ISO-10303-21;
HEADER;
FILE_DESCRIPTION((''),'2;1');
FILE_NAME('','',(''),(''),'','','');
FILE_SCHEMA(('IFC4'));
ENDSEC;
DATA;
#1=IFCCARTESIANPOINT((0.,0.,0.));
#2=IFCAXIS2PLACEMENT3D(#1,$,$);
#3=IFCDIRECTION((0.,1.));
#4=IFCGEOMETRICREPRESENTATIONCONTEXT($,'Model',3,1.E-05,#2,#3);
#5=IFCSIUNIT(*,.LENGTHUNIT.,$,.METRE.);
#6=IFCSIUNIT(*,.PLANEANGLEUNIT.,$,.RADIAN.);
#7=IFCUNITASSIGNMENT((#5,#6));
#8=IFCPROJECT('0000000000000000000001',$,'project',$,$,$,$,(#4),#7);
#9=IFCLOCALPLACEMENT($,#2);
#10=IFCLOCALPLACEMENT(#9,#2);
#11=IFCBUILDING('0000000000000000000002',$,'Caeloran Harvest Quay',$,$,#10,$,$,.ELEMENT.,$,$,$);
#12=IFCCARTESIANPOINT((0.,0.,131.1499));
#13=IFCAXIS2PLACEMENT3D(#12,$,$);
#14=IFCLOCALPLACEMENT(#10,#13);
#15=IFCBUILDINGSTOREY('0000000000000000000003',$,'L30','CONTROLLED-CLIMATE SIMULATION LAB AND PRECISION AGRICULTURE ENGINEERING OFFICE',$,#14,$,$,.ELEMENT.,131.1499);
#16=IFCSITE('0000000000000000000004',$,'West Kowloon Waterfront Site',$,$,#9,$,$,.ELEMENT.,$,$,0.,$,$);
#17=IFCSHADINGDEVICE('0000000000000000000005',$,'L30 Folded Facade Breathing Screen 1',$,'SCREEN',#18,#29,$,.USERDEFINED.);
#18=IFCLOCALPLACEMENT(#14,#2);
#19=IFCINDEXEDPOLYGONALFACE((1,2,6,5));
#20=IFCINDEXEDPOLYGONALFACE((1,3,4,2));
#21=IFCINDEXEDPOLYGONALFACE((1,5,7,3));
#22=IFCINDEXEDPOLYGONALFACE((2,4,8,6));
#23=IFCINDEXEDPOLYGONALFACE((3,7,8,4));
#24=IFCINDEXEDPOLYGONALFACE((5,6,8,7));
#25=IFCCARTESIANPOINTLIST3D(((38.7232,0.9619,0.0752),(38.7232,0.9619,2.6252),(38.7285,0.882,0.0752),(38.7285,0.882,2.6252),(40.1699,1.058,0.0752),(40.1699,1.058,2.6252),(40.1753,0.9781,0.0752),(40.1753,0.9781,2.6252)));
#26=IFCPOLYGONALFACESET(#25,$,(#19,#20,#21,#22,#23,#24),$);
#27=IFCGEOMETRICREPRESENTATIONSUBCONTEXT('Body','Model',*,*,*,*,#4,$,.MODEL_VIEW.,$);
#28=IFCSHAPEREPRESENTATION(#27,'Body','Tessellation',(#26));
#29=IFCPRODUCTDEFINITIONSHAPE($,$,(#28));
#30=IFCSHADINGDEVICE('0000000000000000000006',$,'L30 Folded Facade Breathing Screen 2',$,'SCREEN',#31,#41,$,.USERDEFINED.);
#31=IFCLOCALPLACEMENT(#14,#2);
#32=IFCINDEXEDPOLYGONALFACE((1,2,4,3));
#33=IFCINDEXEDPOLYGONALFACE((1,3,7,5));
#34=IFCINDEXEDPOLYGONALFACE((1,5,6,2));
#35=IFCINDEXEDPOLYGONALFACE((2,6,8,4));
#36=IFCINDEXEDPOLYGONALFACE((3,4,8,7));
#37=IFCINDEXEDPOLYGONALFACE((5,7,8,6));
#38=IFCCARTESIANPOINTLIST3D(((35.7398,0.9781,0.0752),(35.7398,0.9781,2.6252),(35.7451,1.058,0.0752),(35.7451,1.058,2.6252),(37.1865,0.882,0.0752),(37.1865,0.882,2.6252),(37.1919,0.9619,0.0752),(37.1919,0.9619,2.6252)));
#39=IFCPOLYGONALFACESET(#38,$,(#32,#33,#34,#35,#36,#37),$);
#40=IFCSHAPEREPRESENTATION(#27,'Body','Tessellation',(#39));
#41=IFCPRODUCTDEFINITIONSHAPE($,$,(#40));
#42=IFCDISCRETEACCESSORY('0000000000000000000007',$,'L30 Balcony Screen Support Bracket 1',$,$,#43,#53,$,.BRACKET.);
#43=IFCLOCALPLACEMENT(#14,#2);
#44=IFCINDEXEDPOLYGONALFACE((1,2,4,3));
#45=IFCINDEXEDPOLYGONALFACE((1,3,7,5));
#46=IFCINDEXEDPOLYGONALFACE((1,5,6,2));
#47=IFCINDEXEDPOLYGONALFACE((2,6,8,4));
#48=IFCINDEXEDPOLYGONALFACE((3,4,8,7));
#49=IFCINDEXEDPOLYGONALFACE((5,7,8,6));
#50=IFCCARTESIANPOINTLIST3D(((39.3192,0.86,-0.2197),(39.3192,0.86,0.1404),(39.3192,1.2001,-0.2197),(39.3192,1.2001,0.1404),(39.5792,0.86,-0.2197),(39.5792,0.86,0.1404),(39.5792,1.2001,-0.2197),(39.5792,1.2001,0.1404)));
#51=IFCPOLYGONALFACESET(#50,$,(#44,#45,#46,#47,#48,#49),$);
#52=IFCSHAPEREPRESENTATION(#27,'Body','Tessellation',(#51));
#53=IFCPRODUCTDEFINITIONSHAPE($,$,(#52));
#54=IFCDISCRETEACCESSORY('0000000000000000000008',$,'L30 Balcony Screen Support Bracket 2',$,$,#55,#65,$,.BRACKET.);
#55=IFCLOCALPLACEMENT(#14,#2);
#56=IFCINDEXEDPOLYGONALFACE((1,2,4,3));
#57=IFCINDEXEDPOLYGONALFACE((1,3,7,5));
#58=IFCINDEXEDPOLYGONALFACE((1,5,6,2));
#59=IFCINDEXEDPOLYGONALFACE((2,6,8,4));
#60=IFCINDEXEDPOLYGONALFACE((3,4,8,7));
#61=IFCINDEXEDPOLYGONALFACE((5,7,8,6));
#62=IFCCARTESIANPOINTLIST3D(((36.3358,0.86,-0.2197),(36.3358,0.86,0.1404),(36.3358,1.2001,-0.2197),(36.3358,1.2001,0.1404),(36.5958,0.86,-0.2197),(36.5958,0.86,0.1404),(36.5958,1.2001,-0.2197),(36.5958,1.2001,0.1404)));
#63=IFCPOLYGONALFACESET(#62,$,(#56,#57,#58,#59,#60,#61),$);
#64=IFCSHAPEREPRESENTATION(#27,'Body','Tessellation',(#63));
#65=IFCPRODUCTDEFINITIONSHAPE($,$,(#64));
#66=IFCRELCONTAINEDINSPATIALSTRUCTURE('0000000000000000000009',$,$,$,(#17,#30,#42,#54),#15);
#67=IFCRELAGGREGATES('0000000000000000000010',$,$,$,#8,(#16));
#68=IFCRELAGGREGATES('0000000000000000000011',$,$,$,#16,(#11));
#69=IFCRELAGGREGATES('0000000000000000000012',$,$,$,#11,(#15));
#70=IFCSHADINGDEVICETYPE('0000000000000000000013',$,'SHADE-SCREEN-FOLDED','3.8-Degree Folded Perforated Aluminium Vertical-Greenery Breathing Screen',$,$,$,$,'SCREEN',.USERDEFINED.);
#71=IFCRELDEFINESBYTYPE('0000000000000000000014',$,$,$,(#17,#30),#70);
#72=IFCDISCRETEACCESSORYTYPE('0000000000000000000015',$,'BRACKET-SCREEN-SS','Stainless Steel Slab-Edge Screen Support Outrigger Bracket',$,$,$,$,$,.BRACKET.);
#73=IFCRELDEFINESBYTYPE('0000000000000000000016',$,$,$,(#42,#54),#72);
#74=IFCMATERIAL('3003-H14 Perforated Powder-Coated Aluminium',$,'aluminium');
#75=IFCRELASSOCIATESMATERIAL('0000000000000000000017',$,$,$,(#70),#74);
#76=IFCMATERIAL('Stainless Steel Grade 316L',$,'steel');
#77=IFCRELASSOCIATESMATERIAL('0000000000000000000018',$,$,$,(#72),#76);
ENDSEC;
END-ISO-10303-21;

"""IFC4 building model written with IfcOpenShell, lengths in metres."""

from ifc_helpers import new_model, si_unit, direction, frame, origin, origin_2d, place, context, subcontext, project, spatial, rectangle, extrude, material, type_object, element, save


model = new_model("IFC4")

# Units and contexts
model_context = context("Model", 3, precision=1e-05, world=origin(), true_north=direction((0.0, 1.0)))
body_context = subcontext(model_context, "Body", "Model", "MODEL_VIEW")
ifc_project = project(units=[si_unit("LENGTHUNIT", "METRE"), si_unit("PLANEANGLEUNIT", "RADIAN")], contexts=[model_context])

# Site, building, storey
site_placement = place(None, origin())
site = spatial("IfcSite", under=ifc_project, at=site_placement, Name="West Kowloon Waterfront Site", CompositionType="ELEMENT", RefElevation=0.0)
building_placement = place(site_placement, origin())
building = spatial("IfcBuilding", under=site, at=building_placement, Name="Caeloran Harvest Quay", CompositionType="ELEMENT")
storey_placement = place(building_placement, frame((0.0, 0.0, 131.1499)))
storey = spatial("IfcBuildingStorey", under=building, at=storey_placement, Name="L30", Description="CONTROLLED-CLIMATE SIMULATION LAB AND PRECISION AGRICULTURE ENGINEERING OFFICE", CompositionType="ELEMENT", Elevation=131.1499)

# Shading devices
ifc_material_1 = material(Name="3003-H14 Perforated Powder-Coated Aluminium", Category="aluminium")
shading_device_type = type_object("IfcShadingDeviceType", Name="SHADE-SCREEN-FOLDED", Description="3.8-Degree Folded Perforated Aluminium Vertical-Greenery Breathing Screen", ElementType="SCREEN", PredefinedType="USERDEFINED", material=ifc_material_1)
for number, where, z_axis, x_axis, name in (
    (1, (39.4492, 0.97, 0.0752), (0.0, 0.0, 1.0), (0.997801, 0.066274, 0.0), "L30 Folded Facade Breathing Screen 1"),
    (2, (36.4658, 0.97, 0.0752), (0.0, 0.0, 1.0), (0.997801, -0.066274, 0.0), "L30 Folded Facade Breathing Screen 2"),
):
    element("IfcShadingDevice", number, at=place(storey_placement, frame(where, z_axis=z_axis, x_axis=x_axis)), inside=storey, type_object=shading_device_type, Name=name, ObjectType="SCREEN", PredefinedType="USERDEFINED", context=body_context, shape_type="SweptSolid", body=[
        extrude(rectangle(XDim=1.45, YDim=0.0801, at=origin_2d()), origin(), (0.0, 0.0, 1.0), 2.55),
    ])

# Discrete accessories
ifc_material_2 = material(Name="Stainless Steel Grade 316L", Category="steel")
discrete_accessory_type = type_object("IfcDiscreteAccessoryType", Name="BRACKET-SCREEN-SS", Description="Stainless Steel Slab-Edge Screen Support Outrigger Bracket", PredefinedType="BRACKET", material=ifc_material_2)
for number, where, z_axis, x_axis, name in (
    (3, (39.4492, 1.03, -0.2197), (0.0, 0.0, 1.0), (1.0, 0.0, 0.0), "L30 Balcony Screen Support Bracket 1"),
    (4, (36.4658, 1.03, -0.2197), (0.0, 0.0, 1.0), (1.0, 0.0, 0.0), "L30 Balcony Screen Support Bracket 2"),
):
    element("IfcDiscreteAccessory", number, at=place(storey_placement, frame(where, z_axis=z_axis, x_axis=x_axis)), inside=storey, type_object=discrete_accessory_type, Name=name, PredefinedType="BRACKET", context=body_context, shape_type="SweptSolid", body=[
        extrude(rectangle(XDim=0.26, YDim=0.3401, at=origin_2d()), origin(), (0.0, 0.0, 1.0), 0.3601),
    ])

save(model, "model.ifc")
